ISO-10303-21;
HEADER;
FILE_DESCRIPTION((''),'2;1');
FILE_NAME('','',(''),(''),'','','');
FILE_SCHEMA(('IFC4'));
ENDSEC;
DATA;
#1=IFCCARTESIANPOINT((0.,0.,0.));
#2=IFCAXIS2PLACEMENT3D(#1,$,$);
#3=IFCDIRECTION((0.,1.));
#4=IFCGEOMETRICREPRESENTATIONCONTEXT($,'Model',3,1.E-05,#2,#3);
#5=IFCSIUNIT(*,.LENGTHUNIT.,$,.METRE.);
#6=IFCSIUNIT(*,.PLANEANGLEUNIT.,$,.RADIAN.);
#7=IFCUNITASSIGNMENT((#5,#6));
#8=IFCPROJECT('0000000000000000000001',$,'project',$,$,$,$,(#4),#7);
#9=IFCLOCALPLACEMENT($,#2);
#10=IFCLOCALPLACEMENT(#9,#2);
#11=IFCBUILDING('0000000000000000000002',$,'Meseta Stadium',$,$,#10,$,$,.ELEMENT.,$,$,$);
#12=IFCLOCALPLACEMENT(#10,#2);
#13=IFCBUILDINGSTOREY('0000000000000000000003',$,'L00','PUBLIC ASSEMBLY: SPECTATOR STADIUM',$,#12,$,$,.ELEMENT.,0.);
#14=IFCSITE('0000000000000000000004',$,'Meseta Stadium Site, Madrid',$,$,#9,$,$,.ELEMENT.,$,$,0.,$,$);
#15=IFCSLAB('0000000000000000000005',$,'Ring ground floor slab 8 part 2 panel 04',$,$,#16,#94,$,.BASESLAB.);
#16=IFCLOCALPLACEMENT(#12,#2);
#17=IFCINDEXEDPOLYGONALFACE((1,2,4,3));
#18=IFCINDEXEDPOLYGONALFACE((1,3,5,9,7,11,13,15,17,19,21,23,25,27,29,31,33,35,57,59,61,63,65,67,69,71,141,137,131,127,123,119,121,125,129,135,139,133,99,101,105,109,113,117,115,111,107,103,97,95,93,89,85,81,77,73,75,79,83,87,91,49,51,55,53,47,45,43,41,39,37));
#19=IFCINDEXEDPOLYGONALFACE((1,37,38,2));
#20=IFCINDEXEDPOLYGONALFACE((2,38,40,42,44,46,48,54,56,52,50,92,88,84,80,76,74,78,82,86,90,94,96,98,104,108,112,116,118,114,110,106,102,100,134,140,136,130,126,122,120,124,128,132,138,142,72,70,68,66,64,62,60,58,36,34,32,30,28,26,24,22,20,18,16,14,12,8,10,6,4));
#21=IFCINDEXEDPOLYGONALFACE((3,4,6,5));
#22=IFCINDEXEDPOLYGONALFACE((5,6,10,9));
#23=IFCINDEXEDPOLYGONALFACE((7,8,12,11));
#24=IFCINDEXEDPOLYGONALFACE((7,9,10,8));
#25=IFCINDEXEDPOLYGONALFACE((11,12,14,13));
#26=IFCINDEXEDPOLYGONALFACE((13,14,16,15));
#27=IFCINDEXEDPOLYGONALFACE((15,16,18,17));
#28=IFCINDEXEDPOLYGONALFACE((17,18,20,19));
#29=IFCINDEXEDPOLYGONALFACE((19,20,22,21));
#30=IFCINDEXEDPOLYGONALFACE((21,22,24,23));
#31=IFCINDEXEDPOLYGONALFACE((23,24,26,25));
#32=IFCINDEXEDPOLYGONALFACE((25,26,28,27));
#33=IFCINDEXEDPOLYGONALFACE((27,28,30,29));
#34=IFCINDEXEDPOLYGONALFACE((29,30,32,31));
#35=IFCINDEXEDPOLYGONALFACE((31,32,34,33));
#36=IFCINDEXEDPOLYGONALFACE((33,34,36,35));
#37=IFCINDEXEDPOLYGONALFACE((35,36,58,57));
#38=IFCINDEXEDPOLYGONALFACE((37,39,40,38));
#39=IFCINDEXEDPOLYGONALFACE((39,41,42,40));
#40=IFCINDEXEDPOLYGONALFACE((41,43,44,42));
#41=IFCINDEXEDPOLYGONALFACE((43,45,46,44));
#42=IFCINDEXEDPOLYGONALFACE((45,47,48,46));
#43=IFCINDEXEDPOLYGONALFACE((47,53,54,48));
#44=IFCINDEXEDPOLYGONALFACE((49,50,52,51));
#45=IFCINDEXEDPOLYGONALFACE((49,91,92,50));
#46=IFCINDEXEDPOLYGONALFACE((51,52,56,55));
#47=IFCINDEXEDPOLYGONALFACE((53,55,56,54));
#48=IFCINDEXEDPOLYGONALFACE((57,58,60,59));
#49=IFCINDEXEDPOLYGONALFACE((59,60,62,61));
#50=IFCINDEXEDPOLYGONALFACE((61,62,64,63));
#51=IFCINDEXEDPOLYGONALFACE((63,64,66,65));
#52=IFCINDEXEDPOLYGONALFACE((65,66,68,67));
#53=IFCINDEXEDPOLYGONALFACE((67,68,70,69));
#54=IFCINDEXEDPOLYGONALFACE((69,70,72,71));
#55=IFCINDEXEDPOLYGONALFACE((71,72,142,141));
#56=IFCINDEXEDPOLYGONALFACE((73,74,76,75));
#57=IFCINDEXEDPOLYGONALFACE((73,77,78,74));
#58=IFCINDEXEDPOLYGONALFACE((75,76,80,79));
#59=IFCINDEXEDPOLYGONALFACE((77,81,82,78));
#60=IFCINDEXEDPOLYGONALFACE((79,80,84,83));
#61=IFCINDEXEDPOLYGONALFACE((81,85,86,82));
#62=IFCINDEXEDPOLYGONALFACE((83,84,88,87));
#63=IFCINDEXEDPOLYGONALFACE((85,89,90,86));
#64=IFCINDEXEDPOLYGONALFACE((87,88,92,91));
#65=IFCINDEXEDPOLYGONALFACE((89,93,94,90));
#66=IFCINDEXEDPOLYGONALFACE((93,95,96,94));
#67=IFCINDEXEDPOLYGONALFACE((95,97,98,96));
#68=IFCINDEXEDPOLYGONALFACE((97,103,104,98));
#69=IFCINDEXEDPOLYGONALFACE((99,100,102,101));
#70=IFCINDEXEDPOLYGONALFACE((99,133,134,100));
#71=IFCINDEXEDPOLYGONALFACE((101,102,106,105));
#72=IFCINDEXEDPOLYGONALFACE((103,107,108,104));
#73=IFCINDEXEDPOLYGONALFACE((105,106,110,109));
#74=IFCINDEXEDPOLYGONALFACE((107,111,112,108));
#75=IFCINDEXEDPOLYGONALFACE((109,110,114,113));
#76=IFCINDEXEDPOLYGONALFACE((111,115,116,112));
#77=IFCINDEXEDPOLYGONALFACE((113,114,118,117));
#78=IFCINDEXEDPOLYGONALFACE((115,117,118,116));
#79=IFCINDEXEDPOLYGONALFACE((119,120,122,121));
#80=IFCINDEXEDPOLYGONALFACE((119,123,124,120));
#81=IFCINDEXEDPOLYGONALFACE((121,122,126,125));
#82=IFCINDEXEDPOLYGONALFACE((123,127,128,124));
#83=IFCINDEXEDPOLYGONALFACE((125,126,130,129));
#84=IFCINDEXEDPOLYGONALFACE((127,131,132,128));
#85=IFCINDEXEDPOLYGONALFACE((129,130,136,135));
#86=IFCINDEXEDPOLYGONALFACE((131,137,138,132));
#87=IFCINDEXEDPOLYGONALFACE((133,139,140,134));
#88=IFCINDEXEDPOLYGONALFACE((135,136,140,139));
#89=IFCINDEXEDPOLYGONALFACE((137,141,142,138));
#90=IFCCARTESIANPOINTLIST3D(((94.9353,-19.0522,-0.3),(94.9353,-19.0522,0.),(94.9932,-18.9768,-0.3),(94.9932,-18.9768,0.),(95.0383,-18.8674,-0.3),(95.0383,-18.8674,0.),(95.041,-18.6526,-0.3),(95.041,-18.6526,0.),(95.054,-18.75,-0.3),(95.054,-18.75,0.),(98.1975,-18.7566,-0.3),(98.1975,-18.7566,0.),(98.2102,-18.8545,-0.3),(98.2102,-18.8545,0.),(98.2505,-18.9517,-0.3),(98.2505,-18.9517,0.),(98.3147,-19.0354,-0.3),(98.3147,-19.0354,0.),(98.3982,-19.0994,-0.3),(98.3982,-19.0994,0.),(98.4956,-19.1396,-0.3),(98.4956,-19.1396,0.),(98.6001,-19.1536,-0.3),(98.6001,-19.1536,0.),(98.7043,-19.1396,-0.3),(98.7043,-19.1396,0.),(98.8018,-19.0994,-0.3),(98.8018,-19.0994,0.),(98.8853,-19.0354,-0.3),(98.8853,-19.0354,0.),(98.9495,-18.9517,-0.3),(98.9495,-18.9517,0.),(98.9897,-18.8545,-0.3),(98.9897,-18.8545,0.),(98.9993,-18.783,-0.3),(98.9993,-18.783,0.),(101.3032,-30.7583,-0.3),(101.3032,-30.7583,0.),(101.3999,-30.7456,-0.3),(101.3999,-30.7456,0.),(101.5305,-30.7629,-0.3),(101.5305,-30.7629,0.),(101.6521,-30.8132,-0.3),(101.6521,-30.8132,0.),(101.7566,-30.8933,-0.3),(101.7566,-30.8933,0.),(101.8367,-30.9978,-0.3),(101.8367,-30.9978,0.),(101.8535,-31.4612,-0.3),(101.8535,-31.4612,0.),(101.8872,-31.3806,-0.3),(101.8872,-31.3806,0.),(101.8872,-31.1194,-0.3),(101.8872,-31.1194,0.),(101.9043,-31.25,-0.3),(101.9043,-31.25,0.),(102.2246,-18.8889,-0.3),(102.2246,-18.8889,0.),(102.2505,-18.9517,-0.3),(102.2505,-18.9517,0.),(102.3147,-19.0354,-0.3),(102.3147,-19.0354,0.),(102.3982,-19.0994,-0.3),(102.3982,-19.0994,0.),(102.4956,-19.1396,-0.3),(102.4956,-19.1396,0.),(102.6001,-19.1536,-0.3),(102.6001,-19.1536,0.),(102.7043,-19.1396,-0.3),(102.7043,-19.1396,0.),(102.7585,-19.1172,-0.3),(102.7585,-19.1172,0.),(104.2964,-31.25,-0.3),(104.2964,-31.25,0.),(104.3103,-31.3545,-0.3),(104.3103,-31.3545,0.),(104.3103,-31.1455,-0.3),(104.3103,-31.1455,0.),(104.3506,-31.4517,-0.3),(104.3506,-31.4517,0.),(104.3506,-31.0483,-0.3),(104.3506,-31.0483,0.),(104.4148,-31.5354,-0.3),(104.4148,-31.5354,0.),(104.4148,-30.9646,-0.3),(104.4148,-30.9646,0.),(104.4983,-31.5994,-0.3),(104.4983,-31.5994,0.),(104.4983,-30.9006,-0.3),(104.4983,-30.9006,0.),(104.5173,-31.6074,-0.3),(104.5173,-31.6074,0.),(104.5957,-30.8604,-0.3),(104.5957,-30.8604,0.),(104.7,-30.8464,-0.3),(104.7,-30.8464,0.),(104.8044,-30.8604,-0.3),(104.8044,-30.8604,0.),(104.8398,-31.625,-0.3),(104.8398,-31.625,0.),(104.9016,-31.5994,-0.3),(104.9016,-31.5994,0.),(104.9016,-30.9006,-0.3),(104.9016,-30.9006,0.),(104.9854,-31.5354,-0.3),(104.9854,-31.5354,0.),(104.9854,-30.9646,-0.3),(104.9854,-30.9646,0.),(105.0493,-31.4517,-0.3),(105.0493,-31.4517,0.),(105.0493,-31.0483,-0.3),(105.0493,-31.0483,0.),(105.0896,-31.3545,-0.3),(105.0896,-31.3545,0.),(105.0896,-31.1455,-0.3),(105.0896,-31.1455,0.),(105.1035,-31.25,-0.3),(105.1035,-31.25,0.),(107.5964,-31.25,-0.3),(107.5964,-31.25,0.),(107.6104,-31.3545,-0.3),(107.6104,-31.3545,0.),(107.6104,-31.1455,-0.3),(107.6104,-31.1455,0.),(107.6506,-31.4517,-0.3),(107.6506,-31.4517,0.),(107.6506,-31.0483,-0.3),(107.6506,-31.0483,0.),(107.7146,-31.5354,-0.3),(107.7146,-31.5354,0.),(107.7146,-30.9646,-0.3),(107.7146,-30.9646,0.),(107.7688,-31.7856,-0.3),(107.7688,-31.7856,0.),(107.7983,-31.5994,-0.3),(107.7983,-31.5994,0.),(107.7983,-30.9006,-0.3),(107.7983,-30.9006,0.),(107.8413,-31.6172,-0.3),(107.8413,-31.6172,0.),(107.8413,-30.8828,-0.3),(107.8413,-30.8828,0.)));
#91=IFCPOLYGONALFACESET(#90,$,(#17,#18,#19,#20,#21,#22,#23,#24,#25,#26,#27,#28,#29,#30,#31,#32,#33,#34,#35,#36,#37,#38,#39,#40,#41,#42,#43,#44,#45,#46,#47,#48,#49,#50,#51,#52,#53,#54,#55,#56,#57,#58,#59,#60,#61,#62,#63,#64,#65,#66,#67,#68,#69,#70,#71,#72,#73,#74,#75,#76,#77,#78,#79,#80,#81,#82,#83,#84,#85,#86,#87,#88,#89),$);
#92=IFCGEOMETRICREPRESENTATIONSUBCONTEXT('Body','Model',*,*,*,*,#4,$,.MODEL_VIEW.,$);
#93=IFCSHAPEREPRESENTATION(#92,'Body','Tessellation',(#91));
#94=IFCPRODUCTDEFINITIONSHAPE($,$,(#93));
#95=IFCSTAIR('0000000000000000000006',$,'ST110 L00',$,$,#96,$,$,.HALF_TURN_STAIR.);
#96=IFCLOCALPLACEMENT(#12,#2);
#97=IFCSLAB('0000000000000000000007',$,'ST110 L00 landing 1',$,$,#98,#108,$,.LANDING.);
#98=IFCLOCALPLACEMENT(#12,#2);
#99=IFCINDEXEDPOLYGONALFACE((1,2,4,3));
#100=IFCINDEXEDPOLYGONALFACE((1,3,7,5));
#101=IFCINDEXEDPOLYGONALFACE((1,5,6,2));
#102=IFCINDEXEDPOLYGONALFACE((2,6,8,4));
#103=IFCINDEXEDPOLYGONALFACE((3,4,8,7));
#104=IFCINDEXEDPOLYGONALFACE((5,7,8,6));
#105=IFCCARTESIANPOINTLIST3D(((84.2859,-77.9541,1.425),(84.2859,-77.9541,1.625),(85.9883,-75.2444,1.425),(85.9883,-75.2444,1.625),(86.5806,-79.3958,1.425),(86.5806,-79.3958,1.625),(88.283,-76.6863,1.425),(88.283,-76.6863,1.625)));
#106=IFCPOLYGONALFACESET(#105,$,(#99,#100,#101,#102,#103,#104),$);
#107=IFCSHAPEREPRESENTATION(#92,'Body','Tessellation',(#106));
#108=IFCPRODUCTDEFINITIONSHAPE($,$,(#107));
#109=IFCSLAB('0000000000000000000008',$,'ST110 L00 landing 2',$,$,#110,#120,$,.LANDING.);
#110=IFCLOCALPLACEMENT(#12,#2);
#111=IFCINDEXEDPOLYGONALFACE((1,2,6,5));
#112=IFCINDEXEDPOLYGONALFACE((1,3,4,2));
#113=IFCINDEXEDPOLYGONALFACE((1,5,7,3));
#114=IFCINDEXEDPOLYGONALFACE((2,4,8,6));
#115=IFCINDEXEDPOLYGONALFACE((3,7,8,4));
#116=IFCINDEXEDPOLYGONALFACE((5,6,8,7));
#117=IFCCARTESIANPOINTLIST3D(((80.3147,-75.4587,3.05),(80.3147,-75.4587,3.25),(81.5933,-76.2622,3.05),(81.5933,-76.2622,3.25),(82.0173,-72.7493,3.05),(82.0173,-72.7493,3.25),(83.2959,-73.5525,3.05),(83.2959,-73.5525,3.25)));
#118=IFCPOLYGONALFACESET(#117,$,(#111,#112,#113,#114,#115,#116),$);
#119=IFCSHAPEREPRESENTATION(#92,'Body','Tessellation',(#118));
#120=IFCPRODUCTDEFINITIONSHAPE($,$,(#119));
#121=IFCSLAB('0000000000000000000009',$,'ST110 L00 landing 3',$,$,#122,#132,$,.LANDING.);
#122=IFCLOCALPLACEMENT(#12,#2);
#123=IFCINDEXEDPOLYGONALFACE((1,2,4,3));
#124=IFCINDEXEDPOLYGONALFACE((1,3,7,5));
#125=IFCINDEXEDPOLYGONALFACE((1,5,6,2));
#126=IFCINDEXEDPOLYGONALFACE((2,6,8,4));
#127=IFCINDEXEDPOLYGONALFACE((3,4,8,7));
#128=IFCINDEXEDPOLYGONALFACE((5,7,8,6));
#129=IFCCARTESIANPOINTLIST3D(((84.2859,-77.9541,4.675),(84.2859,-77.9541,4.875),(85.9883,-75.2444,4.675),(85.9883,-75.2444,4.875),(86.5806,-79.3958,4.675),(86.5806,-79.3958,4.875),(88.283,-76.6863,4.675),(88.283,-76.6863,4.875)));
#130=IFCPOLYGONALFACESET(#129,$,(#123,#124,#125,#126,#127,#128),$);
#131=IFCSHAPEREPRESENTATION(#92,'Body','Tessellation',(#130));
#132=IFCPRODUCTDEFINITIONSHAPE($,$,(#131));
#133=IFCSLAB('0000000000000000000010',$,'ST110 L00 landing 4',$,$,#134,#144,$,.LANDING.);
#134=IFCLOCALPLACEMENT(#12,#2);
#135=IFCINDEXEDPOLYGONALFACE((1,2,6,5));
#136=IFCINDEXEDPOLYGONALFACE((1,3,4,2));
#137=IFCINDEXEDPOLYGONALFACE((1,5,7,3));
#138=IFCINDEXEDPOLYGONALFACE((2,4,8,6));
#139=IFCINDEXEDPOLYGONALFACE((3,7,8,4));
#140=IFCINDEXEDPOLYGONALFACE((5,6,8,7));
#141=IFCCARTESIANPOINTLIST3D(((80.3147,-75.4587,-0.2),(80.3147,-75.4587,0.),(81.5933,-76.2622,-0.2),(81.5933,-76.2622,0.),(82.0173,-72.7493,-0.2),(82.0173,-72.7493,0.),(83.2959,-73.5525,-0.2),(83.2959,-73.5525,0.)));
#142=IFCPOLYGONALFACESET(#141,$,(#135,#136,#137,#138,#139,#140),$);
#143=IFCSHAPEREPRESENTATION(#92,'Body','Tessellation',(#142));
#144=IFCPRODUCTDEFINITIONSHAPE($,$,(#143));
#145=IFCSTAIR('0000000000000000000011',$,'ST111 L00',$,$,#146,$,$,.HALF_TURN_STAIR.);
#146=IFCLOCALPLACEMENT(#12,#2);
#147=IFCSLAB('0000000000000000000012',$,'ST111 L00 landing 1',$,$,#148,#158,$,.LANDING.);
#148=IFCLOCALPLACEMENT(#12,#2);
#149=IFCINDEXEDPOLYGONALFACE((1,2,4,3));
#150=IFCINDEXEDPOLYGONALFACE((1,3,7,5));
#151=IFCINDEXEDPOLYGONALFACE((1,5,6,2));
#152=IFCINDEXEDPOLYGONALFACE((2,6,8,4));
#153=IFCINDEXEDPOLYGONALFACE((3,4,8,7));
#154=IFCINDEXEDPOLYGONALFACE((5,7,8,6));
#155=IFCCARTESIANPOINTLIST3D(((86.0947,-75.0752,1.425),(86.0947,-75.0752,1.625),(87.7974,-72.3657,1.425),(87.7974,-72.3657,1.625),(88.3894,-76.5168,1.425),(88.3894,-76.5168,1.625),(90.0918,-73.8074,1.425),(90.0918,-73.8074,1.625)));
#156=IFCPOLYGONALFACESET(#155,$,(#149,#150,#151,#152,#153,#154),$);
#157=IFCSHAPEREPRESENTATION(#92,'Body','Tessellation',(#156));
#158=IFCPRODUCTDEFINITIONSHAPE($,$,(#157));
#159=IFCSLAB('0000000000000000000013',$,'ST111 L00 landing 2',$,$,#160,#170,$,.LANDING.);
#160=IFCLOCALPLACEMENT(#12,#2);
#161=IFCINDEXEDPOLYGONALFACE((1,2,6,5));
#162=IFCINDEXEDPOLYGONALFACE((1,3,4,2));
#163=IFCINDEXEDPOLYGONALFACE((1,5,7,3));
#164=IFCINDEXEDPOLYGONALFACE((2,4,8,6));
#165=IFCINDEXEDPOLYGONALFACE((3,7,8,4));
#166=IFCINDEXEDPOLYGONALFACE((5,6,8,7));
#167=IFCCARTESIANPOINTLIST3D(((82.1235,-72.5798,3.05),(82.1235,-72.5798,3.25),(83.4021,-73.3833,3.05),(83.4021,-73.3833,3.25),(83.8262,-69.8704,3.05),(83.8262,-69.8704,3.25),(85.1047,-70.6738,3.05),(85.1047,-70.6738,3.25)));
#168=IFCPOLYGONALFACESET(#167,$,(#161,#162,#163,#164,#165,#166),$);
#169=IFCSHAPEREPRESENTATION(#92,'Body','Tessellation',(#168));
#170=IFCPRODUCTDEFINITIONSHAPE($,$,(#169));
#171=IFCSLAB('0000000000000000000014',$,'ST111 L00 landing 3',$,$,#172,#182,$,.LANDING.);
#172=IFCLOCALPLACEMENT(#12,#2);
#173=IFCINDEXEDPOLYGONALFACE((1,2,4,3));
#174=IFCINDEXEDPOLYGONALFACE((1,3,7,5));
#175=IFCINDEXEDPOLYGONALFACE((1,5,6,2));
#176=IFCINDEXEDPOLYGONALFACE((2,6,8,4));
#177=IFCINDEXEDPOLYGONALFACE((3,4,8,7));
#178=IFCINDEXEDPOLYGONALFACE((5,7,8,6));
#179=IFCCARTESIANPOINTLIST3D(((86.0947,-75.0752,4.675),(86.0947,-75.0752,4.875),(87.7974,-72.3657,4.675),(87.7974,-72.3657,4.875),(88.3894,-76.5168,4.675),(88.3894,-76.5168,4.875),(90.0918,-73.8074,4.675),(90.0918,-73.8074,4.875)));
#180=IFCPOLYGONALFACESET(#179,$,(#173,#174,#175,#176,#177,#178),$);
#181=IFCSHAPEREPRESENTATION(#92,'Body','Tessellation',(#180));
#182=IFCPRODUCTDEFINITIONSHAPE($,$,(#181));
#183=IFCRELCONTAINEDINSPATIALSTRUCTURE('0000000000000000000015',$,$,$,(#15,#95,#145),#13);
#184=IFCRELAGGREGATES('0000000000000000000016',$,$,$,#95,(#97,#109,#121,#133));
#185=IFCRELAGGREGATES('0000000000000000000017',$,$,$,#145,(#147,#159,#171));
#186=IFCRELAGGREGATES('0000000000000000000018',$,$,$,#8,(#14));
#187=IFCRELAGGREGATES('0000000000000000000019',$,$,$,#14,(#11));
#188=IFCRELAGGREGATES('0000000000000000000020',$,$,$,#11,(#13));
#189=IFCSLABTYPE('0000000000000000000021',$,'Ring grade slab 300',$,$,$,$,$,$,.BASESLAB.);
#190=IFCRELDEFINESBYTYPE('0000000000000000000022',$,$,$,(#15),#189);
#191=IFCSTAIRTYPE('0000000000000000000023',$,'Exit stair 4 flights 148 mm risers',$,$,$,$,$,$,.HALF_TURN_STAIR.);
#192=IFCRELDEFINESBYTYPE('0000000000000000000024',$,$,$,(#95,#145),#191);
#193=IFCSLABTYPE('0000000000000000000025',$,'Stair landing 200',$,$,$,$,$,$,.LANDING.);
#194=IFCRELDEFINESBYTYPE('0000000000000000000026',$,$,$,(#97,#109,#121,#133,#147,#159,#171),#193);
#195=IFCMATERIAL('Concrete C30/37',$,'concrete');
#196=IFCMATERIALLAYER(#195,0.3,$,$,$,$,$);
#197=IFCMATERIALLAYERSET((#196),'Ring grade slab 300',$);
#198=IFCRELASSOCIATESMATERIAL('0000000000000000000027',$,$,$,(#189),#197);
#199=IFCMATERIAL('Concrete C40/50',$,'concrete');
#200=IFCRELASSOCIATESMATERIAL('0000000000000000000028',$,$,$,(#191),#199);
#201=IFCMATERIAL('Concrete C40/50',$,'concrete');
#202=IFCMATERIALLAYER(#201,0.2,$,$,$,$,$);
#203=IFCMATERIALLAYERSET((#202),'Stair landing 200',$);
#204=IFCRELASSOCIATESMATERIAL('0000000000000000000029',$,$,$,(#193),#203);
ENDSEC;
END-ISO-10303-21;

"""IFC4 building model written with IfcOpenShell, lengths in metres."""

from ifc_helpers import new_model, si_unit, direction, frame, origin, place, context, subcontext, project, spatial, polyline, outline, extrude, material, layer, layer_set, type_object, element, aggregate, save


model = new_model("IFC4")

# Units and contexts
model_context = context("Model", 3, precision=1e-05, world=origin(), true_north=direction((0.0, 1.0)))
body_context = subcontext(model_context, "Body", "Model", "MODEL_VIEW")
ifc_project = project(units=[si_unit("LENGTHUNIT", "METRE"), si_unit("PLANEANGLEUNIT", "RADIAN")], contexts=[model_context])

# Site, building, storey
site_placement = place(None, origin())
site = spatial("IfcSite", under=ifc_project, at=site_placement, Name="Meseta Stadium Site, Madrid", CompositionType="ELEMENT", RefElevation=0.0)
building_placement = place(site_placement, origin())
building = spatial("IfcBuilding", under=site, at=building_placement, Name="Meseta Stadium", CompositionType="ELEMENT")
storey_placement = place(building_placement, origin())
storey = spatial("IfcBuildingStorey", under=building, at=storey_placement, Name="L00", Description="PUBLIC ASSEMBLY: SPECTATOR STADIUM", CompositionType="ELEMENT", Elevation=0.0)

# Slab
ifc_material_1 = material(Name="Concrete C30/37", Category="concrete")
ifc_layer_1 = layer(ifc_material_1, 0.3)
ifc_layer_set_1 = layer_set([ifc_layer_1], Name="Ring grade slab 300")
slab_type_1 = type_object("IfcSlabType", Name="Ring grade slab 300", PredefinedType="BASESLAB", material=ifc_layer_set_1)
slab_1_placement = place(storey_placement, frame((0.0, 0.0, -0.3)))
element("IfcSlab", 1, at=slab_1_placement, inside=storey, type_object=slab_type_1, Name="Ring ground floor slab 8 part 2 panel 04", PredefinedType="BASESLAB", context=body_context, shape_type="SweptSolid", body=[
    extrude(outline(polyline([(102.3147, -19.0354), (102.2505, -18.9517), (102.2246, -18.8889), (98.9993, -18.783), (98.9897, -18.8545), (98.9495, -18.9517), (98.8853, -19.0354), (98.8018, -19.0994), (98.7043, -19.1396), (98.6001, -19.1536), (98.4956, -19.1396), (98.3982, -19.0994), (98.3147, -19.0354), (98.2505, -18.9517), (98.2102, -18.8545), (98.1975, -18.7566), (95.041, -18.6526), (95.054, -18.75), (95.0383, -18.8674), (94.9932, -18.9768), (94.9353, -19.0522), (101.3032, -30.7583), (101.3999, -30.7456), (101.5305, -30.7629), (101.6521, -30.8132), (101.7566, -30.8933), (101.8367, -30.9978), (101.8872, -31.1194), (101.9043, -31.25), (101.8872, -31.3806), (101.8535, -31.4612), (104.5173, -31.6074), (104.4983, -31.5994), (104.4148, -31.5354), (104.3506, -31.4517), (104.3103, -31.3545), (104.2964, -31.25), (104.3103, -31.1455), (104.3506, -31.0483), (104.4148, -30.9646), (104.4983, -30.9006), (104.5957, -30.8604), (104.7, -30.8464), (104.8044, -30.8604), (104.9016, -30.9006), (104.9854, -30.9646), (105.0493, -31.0483), (105.0896, -31.1455), (105.1035, -31.25), (105.0896, -31.3545), (105.0493, -31.4517), (104.9854, -31.5354), (104.9016, -31.5994), (104.8398, -31.625), (107.7688, -31.7856), (107.8413, -31.6172), (107.7983, -31.5994), (107.7146, -31.5354), (107.6506, -31.4517), (107.6104, -31.3545), (107.5964, -31.25), (107.6104, -31.1455), (107.6506, -31.0483), (107.7146, -30.9646), (107.7983, -30.9006), (107.8413, -30.8828), (102.7585, -19.1172), (102.7043, -19.1396), (102.6001, -19.1536), (102.4956, -19.1396), (102.3982, -19.0994), (102.3147, -19.0354)])), origin(), (0.0, 0.0, 1.0), 0.3),
])

# Stairs, slabs
ifc_material_2 = material(Name="Concrete C40/50", Category="concrete")
stair_type = type_object("IfcStairType", Name="Exit stair 4 flights 148 mm risers", PredefinedType="HALF_TURN_STAIR", material=ifc_material_2)
stair_1_placement = place(storey_placement, origin())
stair_1 = element("IfcStair", 2, at=stair_1_placement, inside=storey, type_object=stair_type, Name="ST110 L00", PredefinedType="HALF_TURN_STAIR")
ifc_material_3 = material(Name="Concrete C40/50", Category="concrete")
ifc_layer_2 = layer(ifc_material_3, 0.2)
ifc_layer_set_2 = layer_set([ifc_layer_2], Name="Stair landing 200")
slab_type_2 = type_object("IfcSlabType", Name="Stair landing 200", PredefinedType="LANDING", material=ifc_layer_set_2)
slab_2_placement = place(storey_placement, frame((0.0, 0.0, 1.425)))
slab_2 = element("IfcSlab", 3, at=slab_2_placement, type_object=slab_type_2, Name="ST110 L00 landing 1", PredefinedType="LANDING", context=body_context, shape_type="SweptSolid", body=[
    extrude(outline(polyline([(84.2859, -77.9541), (86.5806, -79.3958), (88.283, -76.6863), (85.9883, -75.2444), (84.2859, -77.9541)])), origin(), (0.0, 0.0, 1.0), 0.2),
])
slab_3_placement = place(storey_placement, frame((0.0, 0.0, 3.05)))
slab_3 = element("IfcSlab", 4, at=slab_3_placement, type_object=slab_type_2, Name="ST110 L00 landing 2", PredefinedType="LANDING", context=body_context, shape_type="SweptSolid", body=[
    extrude(outline(polyline([(80.3147, -75.4587), (81.5933, -76.2622), (83.2959, -73.5525), (82.0173, -72.7493), (80.3147, -75.4587)])), origin(), (0.0, 0.0, 1.0), 0.2),
])
slab_4_placement = place(storey_placement, frame((0.0, 0.0, 4.675)))
slab_4 = element("IfcSlab", 5, at=slab_4_placement, type_object=slab_type_2, Name="ST110 L00 landing 3", PredefinedType="LANDING", context=body_context, shape_type="SweptSolid", body=[
    extrude(outline(polyline([(84.2859, -77.9541), (86.5806, -79.3958), (88.283, -76.6863), (85.9883, -75.2444), (84.2859, -77.9541)])), origin(), (0.0, 0.0, 1.0), 0.2),
])
slab_5_placement = place(storey_placement, frame((0.0, 0.0, -0.2)))
slab_5 = element("IfcSlab", 6, at=slab_5_placement, type_object=slab_type_2, Name="ST110 L00 landing 4", PredefinedType="LANDING", context=body_context, shape_type="SweptSolid", body=[
    extrude(outline(polyline([(80.3147, -75.4587), (81.5933, -76.2622), (83.2959, -73.5525), (82.0173, -72.7493), (80.3147, -75.4587)])), origin(), (0.0, 0.0, 1.0), 0.2),
])
aggregate(stair_1, [slab_2, slab_3, slab_4, slab_5])
stair_2_placement = place(storey_placement, origin())
stair_2 = element("IfcStair", 7, at=stair_2_placement, inside=storey, type_object=stair_type, Name="ST111 L00", PredefinedType="HALF_TURN_STAIR")
slab_6_placement = place(storey_placement, frame((0.0, 0.0, 1.425)))
slab_6 = element("IfcSlab", 8, at=slab_6_placement, type_object=slab_type_2, Name="ST111 L00 landing 1", PredefinedType="LANDING", context=body_context, shape_type="SweptSolid", body=[
    extrude(outline(polyline([(86.0947, -75.0752), (88.3894, -76.5168), (90.0918, -73.8074), (87.7974, -72.3657), (86.0947, -75.0752)])), origin(), (0.0, 0.0, 1.0), 0.2),
])
slab_7_placement = place(storey_placement, frame((0.0, 0.0, 3.05)))
slab_7 = element("IfcSlab", 9, at=slab_7_placement, type_object=slab_type_2, Name="ST111 L00 landing 2", PredefinedType="LANDING", context=body_context, shape_type="SweptSolid", body=[
    extrude(outline(polyline([(82.1235, -72.5798), (83.4021, -73.3833), (85.1047, -70.6738), (83.8262, -69.8704), (82.1235, -72.5798)])), origin(), (0.0, 0.0, 1.0), 0.2),
])
slab_8_placement = place(storey_placement, frame((0.0, 0.0, 4.675)))
slab_8 = element("IfcSlab", 10, at=slab_8_placement, type_object=slab_type_2, Name="ST111 L00 landing 3", PredefinedType="LANDING", context=body_context, shape_type="SweptSolid", body=[
    extrude(outline(polyline([(86.0947, -75.0752), (88.3894, -76.5168), (90.0918, -73.8074), (87.7974, -72.3657), (86.0947, -75.0752)])), origin(), (0.0, 0.0, 1.0), 0.2),
])
aggregate(stair_2, [slab_6, slab_7, slab_8])

save(model, "model.ifc")
